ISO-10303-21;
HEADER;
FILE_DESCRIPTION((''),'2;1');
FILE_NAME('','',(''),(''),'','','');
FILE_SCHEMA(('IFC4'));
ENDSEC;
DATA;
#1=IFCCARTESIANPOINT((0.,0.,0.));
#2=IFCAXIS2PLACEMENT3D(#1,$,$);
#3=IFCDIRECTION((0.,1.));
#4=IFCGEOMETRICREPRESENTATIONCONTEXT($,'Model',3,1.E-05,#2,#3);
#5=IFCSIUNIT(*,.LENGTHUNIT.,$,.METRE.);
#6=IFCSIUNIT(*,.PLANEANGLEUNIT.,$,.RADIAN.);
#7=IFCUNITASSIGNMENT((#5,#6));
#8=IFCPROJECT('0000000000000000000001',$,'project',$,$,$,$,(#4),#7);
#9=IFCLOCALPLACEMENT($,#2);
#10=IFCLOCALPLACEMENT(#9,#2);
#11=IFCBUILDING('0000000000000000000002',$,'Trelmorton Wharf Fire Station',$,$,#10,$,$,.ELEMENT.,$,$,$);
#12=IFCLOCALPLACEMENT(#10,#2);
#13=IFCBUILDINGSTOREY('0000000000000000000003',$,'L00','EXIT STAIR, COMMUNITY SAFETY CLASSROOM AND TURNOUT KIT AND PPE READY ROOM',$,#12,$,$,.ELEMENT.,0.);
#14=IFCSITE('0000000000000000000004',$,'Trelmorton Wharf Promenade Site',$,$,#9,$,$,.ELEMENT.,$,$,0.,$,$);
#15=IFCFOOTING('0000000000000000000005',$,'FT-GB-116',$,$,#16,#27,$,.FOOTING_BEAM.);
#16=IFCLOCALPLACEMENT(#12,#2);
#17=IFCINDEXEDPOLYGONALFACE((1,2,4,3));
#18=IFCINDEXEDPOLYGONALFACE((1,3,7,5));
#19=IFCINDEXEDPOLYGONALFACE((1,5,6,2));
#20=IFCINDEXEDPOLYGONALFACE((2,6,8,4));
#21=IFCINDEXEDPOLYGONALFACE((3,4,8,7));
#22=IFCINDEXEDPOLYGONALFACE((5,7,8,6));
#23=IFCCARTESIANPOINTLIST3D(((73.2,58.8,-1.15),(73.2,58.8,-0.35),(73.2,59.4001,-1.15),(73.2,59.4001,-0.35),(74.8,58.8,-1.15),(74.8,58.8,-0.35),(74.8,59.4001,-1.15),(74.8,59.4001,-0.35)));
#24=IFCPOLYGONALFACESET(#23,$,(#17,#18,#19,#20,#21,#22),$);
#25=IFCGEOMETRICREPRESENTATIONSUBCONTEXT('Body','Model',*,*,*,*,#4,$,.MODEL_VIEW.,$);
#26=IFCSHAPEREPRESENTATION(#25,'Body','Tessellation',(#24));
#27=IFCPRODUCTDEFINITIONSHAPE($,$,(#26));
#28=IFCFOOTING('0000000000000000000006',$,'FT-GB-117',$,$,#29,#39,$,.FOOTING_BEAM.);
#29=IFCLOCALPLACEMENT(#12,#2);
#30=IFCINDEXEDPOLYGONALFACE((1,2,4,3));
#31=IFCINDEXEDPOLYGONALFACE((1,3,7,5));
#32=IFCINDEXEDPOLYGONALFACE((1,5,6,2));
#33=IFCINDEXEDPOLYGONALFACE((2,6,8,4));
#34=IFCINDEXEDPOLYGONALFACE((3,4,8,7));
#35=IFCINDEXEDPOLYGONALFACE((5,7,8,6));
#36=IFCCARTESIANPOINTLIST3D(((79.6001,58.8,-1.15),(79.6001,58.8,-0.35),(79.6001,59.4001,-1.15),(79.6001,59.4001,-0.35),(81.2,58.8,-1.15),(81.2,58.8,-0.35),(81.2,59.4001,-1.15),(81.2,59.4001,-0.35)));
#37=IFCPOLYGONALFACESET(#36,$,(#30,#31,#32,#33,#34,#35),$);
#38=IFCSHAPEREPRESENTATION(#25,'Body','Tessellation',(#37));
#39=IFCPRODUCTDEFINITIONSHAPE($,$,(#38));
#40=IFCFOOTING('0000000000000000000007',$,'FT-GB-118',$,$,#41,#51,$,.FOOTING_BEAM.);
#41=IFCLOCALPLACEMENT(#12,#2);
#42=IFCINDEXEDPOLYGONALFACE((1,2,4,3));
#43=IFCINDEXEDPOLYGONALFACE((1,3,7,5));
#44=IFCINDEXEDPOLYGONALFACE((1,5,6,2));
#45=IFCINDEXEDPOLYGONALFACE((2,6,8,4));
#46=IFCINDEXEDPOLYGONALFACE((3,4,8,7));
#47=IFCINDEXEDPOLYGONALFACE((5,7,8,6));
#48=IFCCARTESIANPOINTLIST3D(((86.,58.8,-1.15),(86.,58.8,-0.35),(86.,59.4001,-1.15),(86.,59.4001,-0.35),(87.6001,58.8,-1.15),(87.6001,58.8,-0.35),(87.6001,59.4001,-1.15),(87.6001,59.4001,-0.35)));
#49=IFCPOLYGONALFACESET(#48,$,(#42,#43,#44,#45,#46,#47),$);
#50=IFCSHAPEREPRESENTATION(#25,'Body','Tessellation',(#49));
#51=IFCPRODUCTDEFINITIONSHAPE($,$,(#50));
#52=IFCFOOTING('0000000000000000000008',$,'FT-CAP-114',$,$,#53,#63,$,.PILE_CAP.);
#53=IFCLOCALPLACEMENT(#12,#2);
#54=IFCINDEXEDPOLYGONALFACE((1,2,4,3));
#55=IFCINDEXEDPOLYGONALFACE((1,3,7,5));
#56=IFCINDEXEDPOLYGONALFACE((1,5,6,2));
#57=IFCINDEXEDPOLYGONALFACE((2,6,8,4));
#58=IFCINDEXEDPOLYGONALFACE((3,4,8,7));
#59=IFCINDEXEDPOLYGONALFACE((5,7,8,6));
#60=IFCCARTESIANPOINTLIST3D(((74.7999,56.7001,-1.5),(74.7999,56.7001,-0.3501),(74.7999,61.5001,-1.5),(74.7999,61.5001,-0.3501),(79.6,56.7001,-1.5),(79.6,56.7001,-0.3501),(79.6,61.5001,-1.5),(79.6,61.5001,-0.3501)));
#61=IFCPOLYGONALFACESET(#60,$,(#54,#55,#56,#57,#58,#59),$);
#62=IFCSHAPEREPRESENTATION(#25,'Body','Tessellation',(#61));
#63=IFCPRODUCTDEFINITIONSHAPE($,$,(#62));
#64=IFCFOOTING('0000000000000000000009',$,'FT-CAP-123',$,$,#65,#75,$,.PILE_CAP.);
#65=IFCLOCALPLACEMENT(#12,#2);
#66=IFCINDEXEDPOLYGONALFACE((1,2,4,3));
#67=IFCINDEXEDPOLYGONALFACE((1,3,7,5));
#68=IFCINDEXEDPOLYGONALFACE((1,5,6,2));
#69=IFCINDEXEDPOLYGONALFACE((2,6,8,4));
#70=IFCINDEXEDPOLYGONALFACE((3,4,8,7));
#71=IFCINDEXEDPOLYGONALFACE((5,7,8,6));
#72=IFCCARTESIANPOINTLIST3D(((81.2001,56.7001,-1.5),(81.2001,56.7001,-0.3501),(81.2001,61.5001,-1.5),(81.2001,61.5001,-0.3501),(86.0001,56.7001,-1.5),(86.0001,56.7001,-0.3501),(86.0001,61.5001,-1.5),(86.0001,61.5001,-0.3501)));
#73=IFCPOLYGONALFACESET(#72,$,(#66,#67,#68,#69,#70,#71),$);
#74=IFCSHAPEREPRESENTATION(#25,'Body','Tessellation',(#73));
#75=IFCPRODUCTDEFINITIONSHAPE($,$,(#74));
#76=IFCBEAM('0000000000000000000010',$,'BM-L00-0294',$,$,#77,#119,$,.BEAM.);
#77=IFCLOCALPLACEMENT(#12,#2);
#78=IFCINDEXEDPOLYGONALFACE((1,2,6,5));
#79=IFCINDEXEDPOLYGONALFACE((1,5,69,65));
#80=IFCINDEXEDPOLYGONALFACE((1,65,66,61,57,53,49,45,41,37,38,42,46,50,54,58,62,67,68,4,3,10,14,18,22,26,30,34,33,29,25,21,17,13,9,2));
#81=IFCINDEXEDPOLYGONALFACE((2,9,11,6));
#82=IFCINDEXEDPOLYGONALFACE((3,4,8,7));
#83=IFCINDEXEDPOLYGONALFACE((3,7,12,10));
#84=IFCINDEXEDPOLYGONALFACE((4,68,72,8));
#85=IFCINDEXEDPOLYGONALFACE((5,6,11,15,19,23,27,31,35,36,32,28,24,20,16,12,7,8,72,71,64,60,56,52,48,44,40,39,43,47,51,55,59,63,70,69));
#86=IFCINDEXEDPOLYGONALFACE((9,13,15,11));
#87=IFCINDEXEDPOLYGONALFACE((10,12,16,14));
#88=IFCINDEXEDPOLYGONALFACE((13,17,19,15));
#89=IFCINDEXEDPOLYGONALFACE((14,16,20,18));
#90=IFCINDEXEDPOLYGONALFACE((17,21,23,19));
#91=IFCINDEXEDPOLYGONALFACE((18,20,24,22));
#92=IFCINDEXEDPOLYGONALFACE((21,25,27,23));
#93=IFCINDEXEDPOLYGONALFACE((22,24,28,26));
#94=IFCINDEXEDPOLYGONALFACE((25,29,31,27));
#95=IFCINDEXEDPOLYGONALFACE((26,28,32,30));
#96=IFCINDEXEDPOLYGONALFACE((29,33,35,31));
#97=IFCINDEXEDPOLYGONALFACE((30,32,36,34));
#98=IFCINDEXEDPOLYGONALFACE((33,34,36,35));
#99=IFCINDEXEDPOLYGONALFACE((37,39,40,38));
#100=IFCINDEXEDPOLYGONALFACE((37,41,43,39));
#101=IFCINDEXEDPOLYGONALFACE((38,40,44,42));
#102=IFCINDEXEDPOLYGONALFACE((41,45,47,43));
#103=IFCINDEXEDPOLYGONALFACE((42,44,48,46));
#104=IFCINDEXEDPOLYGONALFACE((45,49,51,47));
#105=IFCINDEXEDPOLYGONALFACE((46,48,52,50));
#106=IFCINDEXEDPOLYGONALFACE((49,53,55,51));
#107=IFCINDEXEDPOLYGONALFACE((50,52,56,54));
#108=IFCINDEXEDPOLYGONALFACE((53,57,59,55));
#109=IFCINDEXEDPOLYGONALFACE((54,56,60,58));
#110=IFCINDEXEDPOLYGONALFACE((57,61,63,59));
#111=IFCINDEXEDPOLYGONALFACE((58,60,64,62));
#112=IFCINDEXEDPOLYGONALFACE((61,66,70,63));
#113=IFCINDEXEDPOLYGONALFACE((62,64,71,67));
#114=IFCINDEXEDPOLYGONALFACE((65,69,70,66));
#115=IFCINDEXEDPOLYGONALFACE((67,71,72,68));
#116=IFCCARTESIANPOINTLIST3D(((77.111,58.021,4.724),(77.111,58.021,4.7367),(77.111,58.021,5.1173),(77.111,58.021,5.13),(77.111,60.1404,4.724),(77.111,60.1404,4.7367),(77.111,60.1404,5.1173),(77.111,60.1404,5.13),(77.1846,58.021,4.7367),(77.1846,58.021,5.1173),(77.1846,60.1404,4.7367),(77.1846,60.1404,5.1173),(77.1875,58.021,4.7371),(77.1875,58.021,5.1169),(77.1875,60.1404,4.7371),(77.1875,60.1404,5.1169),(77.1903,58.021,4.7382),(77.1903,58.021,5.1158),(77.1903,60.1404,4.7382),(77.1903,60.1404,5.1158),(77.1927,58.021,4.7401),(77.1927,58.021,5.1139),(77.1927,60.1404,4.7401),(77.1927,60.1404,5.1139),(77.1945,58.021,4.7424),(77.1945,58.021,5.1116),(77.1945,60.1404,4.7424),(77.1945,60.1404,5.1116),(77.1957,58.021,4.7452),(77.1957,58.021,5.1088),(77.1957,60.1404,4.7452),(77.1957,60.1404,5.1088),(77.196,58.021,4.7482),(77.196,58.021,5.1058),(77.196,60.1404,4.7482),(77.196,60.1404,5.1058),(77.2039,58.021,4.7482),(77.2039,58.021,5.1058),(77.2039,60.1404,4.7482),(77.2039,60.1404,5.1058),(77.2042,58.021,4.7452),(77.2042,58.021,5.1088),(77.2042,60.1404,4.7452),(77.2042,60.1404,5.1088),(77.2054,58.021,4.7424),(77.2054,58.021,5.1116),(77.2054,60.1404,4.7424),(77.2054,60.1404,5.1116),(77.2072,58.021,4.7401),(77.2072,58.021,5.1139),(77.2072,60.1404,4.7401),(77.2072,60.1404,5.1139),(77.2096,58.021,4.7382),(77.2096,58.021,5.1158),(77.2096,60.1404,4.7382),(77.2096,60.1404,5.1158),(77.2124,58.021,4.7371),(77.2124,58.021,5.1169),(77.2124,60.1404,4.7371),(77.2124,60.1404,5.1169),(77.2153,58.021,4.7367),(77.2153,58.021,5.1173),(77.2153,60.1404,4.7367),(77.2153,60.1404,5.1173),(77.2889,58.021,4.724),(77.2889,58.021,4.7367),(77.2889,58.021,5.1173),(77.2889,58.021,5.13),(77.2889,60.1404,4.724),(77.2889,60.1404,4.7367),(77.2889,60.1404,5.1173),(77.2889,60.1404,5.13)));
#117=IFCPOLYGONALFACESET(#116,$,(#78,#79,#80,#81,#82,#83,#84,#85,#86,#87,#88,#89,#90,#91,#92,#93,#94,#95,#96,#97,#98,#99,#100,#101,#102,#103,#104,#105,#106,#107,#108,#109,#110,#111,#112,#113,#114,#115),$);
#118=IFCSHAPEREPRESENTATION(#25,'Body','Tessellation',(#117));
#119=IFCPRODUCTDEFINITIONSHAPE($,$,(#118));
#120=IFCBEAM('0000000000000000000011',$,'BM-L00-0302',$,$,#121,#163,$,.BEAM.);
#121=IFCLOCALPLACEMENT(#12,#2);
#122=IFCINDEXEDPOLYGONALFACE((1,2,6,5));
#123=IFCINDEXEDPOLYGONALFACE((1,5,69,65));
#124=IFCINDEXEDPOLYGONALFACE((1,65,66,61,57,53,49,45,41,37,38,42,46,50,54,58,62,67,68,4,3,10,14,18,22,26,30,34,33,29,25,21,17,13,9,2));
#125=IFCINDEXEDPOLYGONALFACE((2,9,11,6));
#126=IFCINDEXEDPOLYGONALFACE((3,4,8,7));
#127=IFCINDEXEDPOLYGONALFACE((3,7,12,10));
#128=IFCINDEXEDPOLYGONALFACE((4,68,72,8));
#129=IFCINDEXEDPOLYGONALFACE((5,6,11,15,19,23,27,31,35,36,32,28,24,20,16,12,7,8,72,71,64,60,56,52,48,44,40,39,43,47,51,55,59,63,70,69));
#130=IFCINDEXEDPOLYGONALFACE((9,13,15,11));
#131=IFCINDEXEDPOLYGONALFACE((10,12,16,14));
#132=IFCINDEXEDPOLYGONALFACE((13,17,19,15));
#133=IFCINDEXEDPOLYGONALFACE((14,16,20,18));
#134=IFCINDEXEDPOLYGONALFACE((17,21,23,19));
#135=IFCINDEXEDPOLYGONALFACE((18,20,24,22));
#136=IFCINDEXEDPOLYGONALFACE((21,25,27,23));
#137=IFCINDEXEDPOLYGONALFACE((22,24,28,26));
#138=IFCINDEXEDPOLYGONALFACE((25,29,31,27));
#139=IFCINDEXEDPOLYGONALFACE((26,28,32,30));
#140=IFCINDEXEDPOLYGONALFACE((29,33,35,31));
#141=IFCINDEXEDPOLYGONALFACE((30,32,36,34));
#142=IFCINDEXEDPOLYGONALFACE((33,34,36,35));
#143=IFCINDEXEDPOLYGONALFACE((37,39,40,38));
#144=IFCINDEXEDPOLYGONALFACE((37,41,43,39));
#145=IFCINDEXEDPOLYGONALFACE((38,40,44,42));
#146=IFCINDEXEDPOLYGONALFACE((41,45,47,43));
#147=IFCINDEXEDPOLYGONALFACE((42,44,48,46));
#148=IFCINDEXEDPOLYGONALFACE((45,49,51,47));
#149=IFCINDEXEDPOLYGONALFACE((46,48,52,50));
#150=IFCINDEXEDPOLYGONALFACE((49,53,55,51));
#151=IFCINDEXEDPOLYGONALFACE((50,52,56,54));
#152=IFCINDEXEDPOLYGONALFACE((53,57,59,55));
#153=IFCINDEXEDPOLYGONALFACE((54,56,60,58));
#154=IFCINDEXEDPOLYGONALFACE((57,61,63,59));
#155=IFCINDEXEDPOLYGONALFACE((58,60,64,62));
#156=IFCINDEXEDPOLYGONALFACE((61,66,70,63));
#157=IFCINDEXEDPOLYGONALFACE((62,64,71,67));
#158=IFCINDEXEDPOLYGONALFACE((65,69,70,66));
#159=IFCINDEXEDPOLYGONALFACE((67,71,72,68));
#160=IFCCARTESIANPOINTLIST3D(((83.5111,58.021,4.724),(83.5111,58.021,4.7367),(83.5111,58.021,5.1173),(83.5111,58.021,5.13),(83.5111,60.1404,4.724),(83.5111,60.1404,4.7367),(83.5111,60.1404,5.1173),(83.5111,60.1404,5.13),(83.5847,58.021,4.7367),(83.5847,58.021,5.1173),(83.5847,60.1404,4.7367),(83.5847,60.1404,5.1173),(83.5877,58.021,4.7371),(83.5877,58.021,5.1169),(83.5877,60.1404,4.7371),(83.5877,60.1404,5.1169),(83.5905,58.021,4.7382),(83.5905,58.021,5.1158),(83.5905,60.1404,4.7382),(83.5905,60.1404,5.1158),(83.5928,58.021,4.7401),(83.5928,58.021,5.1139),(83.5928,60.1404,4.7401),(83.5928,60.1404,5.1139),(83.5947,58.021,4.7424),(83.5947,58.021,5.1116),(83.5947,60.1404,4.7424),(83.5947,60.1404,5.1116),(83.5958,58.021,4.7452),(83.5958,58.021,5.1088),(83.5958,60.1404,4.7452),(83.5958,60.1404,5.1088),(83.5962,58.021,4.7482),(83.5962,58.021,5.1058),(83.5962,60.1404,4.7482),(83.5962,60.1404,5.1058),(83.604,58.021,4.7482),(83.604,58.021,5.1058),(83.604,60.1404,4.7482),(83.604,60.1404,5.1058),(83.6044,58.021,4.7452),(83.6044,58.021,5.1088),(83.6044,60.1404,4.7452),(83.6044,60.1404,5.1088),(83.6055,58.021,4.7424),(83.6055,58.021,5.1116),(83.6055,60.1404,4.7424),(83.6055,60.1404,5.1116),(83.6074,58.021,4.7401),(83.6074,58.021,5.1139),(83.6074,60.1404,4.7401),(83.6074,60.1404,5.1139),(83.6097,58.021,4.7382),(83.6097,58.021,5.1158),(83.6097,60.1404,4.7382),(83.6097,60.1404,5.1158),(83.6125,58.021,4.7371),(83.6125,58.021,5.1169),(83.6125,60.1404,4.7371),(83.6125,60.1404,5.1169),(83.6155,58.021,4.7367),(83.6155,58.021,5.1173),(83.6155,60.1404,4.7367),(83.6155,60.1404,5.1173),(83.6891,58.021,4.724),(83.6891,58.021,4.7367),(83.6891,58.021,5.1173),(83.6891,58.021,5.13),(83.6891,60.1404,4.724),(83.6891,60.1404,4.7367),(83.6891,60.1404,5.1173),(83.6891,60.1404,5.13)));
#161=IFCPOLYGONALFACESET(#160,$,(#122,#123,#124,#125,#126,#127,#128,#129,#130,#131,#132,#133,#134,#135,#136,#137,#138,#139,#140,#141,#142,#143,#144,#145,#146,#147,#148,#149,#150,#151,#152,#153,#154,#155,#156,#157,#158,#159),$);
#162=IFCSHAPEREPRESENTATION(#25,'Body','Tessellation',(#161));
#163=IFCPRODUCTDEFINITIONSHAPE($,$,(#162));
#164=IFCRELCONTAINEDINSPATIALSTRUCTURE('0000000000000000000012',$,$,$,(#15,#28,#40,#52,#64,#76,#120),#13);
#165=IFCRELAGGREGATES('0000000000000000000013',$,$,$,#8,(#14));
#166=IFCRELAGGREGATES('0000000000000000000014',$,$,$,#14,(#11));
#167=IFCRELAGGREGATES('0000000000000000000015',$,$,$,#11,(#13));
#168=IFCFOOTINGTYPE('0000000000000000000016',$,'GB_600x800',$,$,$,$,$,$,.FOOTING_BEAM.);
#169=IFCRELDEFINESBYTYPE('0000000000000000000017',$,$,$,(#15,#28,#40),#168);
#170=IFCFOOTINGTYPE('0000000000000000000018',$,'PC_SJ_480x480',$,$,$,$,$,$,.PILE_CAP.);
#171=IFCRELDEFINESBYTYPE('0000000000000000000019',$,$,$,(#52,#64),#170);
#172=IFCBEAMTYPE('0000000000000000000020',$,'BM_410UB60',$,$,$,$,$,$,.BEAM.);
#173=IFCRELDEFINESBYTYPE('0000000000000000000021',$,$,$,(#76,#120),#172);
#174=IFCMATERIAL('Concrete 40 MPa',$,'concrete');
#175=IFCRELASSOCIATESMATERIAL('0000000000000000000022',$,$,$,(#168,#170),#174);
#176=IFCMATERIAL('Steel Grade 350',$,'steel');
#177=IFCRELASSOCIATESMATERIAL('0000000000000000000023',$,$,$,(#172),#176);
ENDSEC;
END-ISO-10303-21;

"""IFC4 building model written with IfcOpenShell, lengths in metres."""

from ifc_helpers import new_model, si_unit, direction, frame, origin, origin_2d, place, context, subcontext, project, spatial, rectangle, i_section, extrude, material, material_profile, profile_set, type_object, element, save


model = new_model("IFC4")

# Units and contexts
model_context = context("Model", 3, precision=1e-05, world=origin(), true_north=direction((0.0, 1.0)))
body_context = subcontext(model_context, "Body", "Model", "MODEL_VIEW")
ifc_project = project(units=[si_unit("LENGTHUNIT", "METRE"), si_unit("PLANEANGLEUNIT", "RADIAN")], contexts=[model_context])

# Site, building, storey
site_placement = place(None, origin())
site = spatial("IfcSite", under=ifc_project, at=site_placement, Name="Trelmorton Wharf Promenade Site", CompositionType="ELEMENT", RefElevation=0.0)
building_placement = place(site_placement, origin())
building = spatial("IfcBuilding", under=site, at=building_placement, Name="Trelmorton Wharf Fire Station", CompositionType="ELEMENT")
storey_placement = place(building_placement, origin())
storey = spatial("IfcBuildingStorey", under=building, at=storey_placement, Name="L00", Description="EXIT STAIR, COMMUNITY SAFETY CLASSROOM AND TURNOUT KIT AND PPE READY ROOM", CompositionType="ELEMENT", Elevation=0.0)

# Footings
ifc_material_1 = material(Name="Concrete 40 MPa", Category="concrete")
ifc_material_profile_1 = material_profile(ifc_material_1, rectangle(XDim=0.6001, YDim=0.8, at=origin_2d()), Name="RC600x800")
ifc_profile_set_1 = profile_set([ifc_material_profile_1], Name="Concrete 40 MPa")
footing_type_1 = type_object("IfcFootingType", Name="GB_600x800", PredefinedType="FOOTING_BEAM", material=ifc_profile_set_1)
footing_1_placement = place(storey_placement, frame((73.2, 59.1001, -0.75), z_axis=(1.0, 0.0, 0.0), x_axis=(0.0, 1.0, 0.0)))
element("IfcFooting", 1, at=footing_1_placement, inside=storey, type_object=footing_type_1, Name="FT-GB-116", PredefinedType="FOOTING_BEAM", context=body_context, shape_type="SweptSolid", body=[
    extrude(rectangle(XDim=0.6001, YDim=0.8, at=origin_2d()), origin(), (0.0, 0.0, 1.0), 1.6001),
])
footing_2_placement = place(storey_placement, frame((79.6001, 59.1001, -0.75), z_axis=(1.0, 0.0, 0.0), x_axis=(0.0, 1.0, 0.0)))
element("IfcFooting", 2, at=footing_2_placement, inside=storey, type_object=footing_type_1, Name="FT-GB-117", PredefinedType="FOOTING_BEAM", context=body_context, shape_type="SweptSolid", body=[
    extrude(rectangle(XDim=0.6001, YDim=0.8, at=origin_2d()), origin(), (0.0, 0.0, 1.0), 1.5999),
])
footing_3_placement = place(storey_placement, frame((86.0, 59.1001, -0.75), z_axis=(1.0, 0.0, 0.0), x_axis=(0.0, 1.0, 0.0)))
element("IfcFooting", 3, at=footing_3_placement, inside=storey, type_object=footing_type_1, Name="FT-GB-118", PredefinedType="FOOTING_BEAM", context=body_context, shape_type="SweptSolid", body=[
    extrude(rectangle(XDim=0.6001, YDim=0.8, at=origin_2d()), origin(), (0.0, 0.0, 1.0), 1.6001),
])
footing_type_2 = type_object("IfcFootingType", Name="PC_SJ_480x480", PredefinedType="PILE_CAP", material=ifc_material_1)
for number, where, z_axis, x_axis, name in (
    (4, (77.2, 59.1001, -1.5), (0.0, 0.0, 1.0), (1.0, 0.0, 0.0), "FT-CAP-114"),
    (5, (83.6001, 59.1001, -1.5), (0.0, 0.0, 1.0), (1.0, 0.0, 0.0), "FT-CAP-123"),
):
    element("IfcFooting", number, at=place(storey_placement, frame(where, z_axis=z_axis, x_axis=x_axis)), inside=storey, type_object=footing_type_2, Name=name, PredefinedType="PILE_CAP", context=body_context, shape_type="SweptSolid", body=[
        extrude(rectangle(XDim=4.8, YDim=4.8, at=origin_2d()), origin(), (0.0, 0.0, 1.0), 1.1499),
    ])

# Beams
ifc_material_2 = material(Name="Steel Grade 350", Category="steel")
ifc_material_profile_2 = material_profile(ifc_material_2, i_section(OverallWidth=0.178, OverallDepth=0.406, WebThickness=0.0078, FlangeThickness=0.0127, FilletRadius=0.0115, at=origin_2d()), Name="410UB59.7")
ifc_profile_set_2 = profile_set([ifc_material_profile_2], Name="Steel Grade 350")
beam_type_1 = type_object("IfcBeamType", Name="BM_410UB60", PredefinedType="BEAM", material=ifc_profile_set_2)
for number, where, z_axis, x_axis, name in (
    (6, (77.2, 58.021, 4.927), (0.0, 1.0, 0.0), (-1.0, 0.0, 0.0), "BM-L00-0294"),
    (7, (83.6001, 58.021, 4.927), (0.0, 1.0, 0.0), (-1.0, 0.0, 0.0), "BM-L00-0302"),
):
    element("IfcBeam", number, at=place(storey_placement, frame(where, z_axis=z_axis, x_axis=x_axis)), inside=storey, type_object=beam_type_1, Name=name, PredefinedType="BEAM", context=body_context, shape_type="SweptSolid", body=[
        extrude(i_section(OverallWidth=0.178, OverallDepth=0.406, WebThickness=0.0078, FlangeThickness=0.0127, FilletRadius=0.0115, at=origin_2d()), origin(), (0.0, 0.0, 1.0), 2.1194),
    ])

save(model, "model.ifc")
